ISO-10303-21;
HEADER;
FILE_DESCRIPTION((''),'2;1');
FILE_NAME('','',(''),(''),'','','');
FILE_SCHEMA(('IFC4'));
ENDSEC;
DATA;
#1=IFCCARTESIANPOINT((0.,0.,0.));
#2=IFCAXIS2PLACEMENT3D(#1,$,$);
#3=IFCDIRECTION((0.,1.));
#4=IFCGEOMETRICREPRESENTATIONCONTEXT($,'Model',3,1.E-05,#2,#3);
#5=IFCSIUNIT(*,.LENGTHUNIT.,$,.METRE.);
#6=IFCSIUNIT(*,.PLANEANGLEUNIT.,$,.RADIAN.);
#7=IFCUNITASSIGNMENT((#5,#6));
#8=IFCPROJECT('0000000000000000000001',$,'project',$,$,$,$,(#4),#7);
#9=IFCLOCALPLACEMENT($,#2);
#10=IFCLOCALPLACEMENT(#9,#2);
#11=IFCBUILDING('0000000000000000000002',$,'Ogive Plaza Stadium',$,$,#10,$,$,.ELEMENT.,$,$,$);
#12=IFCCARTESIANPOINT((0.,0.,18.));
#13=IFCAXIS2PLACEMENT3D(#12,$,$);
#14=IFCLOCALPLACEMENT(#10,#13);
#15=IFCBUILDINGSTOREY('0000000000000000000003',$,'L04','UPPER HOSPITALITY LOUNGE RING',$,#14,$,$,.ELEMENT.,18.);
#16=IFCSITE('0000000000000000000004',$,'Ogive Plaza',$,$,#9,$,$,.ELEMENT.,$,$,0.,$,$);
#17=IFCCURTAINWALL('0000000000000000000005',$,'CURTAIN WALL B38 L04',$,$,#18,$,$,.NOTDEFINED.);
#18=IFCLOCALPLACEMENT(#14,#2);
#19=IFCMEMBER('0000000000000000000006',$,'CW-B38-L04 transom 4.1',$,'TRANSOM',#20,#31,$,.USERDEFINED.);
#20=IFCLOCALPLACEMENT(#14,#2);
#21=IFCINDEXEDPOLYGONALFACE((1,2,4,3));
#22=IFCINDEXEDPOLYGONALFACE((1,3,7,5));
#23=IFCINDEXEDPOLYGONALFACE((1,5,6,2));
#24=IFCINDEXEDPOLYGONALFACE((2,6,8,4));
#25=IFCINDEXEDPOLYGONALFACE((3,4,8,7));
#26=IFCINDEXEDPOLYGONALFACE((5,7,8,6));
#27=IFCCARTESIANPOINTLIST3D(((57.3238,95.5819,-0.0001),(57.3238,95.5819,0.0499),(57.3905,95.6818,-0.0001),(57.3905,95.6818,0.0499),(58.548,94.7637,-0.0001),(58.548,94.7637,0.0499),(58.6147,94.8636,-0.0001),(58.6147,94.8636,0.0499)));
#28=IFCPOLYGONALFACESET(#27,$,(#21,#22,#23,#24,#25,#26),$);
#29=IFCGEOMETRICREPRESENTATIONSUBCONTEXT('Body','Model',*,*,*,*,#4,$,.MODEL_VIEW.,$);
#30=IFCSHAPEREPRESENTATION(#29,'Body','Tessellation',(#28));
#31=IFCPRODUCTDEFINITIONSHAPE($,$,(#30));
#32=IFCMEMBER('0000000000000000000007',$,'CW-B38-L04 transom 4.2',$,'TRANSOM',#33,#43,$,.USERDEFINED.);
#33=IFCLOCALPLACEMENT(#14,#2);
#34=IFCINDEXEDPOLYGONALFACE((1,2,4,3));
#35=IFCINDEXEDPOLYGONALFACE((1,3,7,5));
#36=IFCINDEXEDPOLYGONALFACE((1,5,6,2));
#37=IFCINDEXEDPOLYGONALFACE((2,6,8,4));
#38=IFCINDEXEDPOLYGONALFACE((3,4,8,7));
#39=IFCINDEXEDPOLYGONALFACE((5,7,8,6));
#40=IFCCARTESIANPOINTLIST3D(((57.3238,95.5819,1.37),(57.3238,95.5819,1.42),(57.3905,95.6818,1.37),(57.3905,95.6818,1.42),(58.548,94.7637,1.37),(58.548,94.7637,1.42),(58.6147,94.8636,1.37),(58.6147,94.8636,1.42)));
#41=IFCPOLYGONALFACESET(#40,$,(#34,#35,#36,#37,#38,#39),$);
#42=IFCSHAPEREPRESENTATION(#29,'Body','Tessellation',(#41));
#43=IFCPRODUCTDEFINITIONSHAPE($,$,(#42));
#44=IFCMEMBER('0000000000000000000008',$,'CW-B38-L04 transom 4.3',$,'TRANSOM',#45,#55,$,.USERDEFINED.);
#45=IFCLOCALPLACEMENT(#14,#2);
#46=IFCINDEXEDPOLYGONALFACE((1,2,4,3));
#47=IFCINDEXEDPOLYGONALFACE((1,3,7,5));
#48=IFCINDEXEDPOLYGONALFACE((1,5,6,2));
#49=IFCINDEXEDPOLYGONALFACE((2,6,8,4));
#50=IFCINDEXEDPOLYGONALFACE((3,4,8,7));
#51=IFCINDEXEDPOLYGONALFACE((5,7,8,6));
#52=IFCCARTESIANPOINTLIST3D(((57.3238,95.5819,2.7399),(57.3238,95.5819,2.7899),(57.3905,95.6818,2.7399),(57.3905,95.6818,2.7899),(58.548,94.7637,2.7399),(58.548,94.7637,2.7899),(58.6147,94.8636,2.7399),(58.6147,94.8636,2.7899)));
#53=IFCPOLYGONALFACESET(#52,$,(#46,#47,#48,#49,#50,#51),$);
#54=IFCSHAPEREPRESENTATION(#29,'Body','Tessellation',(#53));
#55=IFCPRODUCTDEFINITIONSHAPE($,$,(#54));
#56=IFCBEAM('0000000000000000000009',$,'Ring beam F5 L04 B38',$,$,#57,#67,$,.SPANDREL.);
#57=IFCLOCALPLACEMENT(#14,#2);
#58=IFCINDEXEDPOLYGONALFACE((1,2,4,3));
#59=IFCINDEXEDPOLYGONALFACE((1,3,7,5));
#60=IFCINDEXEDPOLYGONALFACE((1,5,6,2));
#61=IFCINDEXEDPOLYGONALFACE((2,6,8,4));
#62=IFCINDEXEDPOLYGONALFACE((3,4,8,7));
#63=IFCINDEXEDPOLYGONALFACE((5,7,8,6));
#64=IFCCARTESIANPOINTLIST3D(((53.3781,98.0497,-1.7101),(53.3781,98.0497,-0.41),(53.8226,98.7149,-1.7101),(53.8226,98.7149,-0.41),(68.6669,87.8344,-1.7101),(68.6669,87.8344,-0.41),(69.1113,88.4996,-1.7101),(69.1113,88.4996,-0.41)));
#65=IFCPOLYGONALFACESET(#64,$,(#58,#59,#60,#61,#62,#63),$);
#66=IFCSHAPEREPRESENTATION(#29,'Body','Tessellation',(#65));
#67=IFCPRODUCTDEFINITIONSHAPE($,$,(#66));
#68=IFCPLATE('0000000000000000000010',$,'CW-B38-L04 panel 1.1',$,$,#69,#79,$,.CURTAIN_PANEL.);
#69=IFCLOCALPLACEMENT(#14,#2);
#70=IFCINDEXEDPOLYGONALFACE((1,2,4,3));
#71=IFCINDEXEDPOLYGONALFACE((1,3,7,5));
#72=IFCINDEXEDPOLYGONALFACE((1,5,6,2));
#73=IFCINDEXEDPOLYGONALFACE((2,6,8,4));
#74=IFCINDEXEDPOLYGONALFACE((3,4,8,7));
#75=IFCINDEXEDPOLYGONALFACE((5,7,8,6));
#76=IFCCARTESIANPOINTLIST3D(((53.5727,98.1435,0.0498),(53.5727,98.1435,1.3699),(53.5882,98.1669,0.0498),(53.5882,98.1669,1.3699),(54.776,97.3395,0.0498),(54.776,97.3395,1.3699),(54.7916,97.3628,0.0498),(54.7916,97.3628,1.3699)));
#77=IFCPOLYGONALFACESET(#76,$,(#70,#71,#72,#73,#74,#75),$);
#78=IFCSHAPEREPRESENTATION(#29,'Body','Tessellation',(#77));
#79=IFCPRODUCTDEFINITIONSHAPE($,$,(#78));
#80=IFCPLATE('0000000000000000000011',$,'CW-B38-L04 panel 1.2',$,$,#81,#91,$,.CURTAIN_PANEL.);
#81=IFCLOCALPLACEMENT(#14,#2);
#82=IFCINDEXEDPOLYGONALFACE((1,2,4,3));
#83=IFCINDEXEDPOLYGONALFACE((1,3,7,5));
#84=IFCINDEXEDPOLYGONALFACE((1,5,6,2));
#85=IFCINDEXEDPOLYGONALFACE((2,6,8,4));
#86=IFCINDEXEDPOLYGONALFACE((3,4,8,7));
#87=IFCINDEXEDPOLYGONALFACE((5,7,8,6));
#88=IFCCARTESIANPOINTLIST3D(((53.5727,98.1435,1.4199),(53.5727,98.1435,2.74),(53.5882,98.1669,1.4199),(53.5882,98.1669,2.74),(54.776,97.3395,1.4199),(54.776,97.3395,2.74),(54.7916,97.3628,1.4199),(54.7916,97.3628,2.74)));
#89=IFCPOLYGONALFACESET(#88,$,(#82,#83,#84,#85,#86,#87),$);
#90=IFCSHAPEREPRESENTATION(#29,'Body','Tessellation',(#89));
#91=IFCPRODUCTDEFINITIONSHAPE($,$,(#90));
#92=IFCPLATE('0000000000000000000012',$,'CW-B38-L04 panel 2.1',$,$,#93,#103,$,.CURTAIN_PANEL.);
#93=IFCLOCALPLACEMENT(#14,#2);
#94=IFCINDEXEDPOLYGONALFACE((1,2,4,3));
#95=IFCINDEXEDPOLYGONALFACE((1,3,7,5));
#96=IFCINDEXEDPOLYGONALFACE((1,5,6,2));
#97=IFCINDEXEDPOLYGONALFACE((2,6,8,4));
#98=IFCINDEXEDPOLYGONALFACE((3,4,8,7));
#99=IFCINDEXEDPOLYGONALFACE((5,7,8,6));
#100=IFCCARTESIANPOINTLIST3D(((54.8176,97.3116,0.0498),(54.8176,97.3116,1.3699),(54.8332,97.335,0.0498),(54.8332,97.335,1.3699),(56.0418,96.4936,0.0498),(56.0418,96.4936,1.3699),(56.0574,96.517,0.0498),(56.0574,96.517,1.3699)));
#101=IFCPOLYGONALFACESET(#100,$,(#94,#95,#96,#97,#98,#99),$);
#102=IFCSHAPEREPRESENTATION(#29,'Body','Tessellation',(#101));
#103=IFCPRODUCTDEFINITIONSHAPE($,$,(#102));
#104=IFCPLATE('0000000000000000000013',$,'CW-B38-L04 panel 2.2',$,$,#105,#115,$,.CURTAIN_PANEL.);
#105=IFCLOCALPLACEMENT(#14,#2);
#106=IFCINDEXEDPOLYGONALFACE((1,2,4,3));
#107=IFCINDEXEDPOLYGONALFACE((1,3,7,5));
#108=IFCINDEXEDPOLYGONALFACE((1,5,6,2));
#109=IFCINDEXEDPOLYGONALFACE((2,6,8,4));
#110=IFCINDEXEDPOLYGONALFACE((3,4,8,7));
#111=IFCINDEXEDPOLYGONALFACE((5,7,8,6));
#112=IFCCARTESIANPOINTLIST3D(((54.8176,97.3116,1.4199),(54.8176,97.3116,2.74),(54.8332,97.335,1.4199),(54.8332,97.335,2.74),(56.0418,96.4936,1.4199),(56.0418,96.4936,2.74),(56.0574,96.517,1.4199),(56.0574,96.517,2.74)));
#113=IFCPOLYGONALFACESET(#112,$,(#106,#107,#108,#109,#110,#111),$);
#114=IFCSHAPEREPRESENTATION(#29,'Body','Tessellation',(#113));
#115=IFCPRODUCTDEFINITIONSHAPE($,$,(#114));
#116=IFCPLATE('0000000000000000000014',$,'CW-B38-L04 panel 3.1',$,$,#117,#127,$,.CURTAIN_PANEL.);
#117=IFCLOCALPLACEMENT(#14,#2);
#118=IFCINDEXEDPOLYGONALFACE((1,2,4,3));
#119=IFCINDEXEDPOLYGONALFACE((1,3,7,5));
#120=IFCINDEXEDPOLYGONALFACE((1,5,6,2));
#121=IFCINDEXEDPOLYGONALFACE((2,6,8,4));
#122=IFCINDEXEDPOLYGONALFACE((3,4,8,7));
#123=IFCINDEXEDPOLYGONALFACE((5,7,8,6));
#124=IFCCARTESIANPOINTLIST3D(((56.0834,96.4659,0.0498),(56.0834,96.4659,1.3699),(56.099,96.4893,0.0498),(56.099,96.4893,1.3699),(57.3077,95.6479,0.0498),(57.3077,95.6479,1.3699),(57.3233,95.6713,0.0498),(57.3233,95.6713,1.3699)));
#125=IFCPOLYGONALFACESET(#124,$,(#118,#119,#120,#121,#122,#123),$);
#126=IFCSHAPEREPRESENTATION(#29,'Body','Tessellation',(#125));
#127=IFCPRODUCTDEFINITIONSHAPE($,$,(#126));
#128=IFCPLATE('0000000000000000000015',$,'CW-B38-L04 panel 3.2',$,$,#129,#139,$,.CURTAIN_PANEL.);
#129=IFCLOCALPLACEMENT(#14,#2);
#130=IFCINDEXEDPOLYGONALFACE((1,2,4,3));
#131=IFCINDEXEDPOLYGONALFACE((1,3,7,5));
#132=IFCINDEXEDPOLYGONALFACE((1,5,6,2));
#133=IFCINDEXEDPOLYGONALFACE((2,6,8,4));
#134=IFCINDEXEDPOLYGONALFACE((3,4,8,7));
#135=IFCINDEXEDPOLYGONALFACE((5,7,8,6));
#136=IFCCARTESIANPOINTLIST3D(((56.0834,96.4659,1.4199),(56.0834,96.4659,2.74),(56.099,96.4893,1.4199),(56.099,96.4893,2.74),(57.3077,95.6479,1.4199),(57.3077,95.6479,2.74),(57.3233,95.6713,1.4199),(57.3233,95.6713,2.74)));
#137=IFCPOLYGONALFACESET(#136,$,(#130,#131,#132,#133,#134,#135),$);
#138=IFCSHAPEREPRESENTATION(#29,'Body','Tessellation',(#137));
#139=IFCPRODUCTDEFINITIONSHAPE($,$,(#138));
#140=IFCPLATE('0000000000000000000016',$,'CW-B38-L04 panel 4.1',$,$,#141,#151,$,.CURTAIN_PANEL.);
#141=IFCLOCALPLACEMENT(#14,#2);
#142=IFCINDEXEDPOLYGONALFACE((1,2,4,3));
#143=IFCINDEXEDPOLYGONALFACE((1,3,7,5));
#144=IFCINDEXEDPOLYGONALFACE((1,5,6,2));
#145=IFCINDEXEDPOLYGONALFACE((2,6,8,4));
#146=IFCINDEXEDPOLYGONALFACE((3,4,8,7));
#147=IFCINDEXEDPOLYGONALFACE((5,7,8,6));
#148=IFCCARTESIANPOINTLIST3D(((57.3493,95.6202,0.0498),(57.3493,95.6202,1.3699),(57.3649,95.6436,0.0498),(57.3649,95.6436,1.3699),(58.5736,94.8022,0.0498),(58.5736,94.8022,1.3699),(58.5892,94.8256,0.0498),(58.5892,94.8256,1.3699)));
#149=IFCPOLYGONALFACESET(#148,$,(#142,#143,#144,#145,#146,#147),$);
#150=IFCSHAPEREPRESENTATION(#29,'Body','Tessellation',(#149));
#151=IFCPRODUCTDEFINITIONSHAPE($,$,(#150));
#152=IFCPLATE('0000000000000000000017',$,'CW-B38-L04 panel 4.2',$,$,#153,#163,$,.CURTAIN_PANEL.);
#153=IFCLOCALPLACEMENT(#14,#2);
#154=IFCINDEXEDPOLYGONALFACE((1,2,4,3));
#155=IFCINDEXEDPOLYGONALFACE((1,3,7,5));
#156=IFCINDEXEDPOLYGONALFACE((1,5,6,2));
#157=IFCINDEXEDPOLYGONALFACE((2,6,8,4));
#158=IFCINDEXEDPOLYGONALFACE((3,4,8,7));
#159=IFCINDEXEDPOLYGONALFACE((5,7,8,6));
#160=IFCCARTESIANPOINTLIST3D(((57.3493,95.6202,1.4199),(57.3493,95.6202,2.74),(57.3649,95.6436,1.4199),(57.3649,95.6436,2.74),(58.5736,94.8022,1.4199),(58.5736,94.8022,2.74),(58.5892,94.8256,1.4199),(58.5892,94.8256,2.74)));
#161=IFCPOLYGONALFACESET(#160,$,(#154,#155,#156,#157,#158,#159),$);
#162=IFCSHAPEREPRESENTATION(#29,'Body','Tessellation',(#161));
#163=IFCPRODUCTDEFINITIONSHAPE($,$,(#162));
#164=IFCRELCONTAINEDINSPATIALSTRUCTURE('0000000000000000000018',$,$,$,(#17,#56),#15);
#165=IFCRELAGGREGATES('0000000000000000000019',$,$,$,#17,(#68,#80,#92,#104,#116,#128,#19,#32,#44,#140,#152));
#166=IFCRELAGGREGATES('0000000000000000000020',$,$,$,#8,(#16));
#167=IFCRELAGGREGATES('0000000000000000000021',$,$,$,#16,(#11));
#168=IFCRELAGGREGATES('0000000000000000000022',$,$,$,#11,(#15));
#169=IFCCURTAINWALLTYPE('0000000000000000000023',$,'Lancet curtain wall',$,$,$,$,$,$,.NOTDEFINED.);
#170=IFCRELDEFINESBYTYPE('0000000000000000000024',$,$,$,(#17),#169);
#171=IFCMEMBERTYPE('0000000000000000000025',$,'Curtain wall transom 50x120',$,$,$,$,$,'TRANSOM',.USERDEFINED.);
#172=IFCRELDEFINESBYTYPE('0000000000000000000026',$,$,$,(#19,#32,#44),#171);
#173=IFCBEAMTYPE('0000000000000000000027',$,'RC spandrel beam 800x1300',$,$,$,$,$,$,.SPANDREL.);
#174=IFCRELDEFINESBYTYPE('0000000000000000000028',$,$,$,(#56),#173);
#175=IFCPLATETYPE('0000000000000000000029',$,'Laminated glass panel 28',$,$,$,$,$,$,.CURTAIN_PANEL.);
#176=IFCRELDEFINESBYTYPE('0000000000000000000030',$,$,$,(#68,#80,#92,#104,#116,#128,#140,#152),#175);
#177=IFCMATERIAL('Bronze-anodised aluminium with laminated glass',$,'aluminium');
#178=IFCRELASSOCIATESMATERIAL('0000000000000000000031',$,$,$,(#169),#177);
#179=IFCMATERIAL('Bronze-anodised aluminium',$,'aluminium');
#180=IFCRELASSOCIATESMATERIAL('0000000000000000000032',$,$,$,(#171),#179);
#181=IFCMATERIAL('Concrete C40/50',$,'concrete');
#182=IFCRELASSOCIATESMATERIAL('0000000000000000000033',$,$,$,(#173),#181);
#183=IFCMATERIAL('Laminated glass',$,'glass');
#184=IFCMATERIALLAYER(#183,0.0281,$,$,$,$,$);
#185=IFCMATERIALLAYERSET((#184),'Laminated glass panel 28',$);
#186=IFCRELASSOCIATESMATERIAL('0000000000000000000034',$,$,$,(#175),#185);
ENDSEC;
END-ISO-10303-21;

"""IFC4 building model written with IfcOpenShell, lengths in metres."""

from ifc_helpers import new_model, si_unit, direction, frame, origin, origin_2d, place, context, subcontext, project, spatial, rectangle, extrude, material, layer, layer_set, material_profile, profile_set, type_object, element, aggregate, save


model = new_model("IFC4")

# Units and contexts
model_context = context("Model", 3, precision=1e-05, world=origin(), true_north=direction((0.0, 1.0)))
body_context = subcontext(model_context, "Body", "Model", "MODEL_VIEW")
ifc_project = project(units=[si_unit("LENGTHUNIT", "METRE"), si_unit("PLANEANGLEUNIT", "RADIAN")], contexts=[model_context])

# Site, building, storey
site_placement = place(None, origin())
site = spatial("IfcSite", under=ifc_project, at=site_placement, Name="Ogive Plaza", CompositionType="ELEMENT", RefElevation=0.0)
building_placement = place(site_placement, origin())
building = spatial("IfcBuilding", under=site, at=building_placement, Name="Ogive Plaza Stadium", CompositionType="ELEMENT")
storey_placement = place(building_placement, frame((0.0, 0.0, 18.0)))
storey = spatial("IfcBuildingStorey", under=building, at=storey_placement, Name="L04", Description="UPPER HOSPITALITY LOUNGE RING", CompositionType="ELEMENT", Elevation=18.0)

# Curtain wall, members
ifc_material_1 = material(Name="Bronze-anodised aluminium with laminated glass", Category="aluminium")
curtain_wall_type = type_object("IfcCurtainWallType", Name="Lancet curtain wall", PredefinedType="NOTDEFINED", material=ifc_material_1)
curtain_wall_placement = place(storey_placement, origin())
curtain_wall = element("IfcCurtainWall", 1, at=curtain_wall_placement, inside=storey, type_object=curtain_wall_type, Name="CURTAIN WALL B38 L04", PredefinedType="NOTDEFINED")
ifc_material_2 = material(Name="Bronze-anodised aluminium", Category="aluminium")
ifc_material_profile_1 = material_profile(ifc_material_2, rectangle(XDim=0.1201, YDim=0.05, at=origin_2d()), Name="AL 120x50")
ifc_profile_set_1 = profile_set([ifc_material_profile_1], Name="Bronze-anodised aluminium")
member_type_1 = type_object("IfcMemberType", Name="Curtain wall transom 50x120", ElementType="TRANSOM", PredefinedType="USERDEFINED", material=ifc_profile_set_1)
member_1_placement = place(storey_placement, frame((57.3572, 95.6318, 0.0249), z_axis=(0.831412, -0.555656, 0.0), x_axis=(0.555656, 0.831412, 0.0)))
member_1 = element("IfcMember", 2, at=member_1_placement, type_object=member_type_1, Name="CW-B38-L04 transom 4.1", ObjectType="TRANSOM", PredefinedType="USERDEFINED", context=body_context, shape_type="SweptSolid", body=[
    extrude(rectangle(XDim=0.1201, YDim=0.05, at=origin_2d()), origin(), (0.0, 0.0, 1.0), 1.4724),
])
member_2_placement = place(storey_placement, frame((57.3572, 95.6318, 1.395), z_axis=(0.831412, -0.555656, 0.0), x_axis=(0.555656, 0.831412, 0.0)))
member_2 = element("IfcMember", 3, at=member_2_placement, type_object=member_type_1, Name="CW-B38-L04 transom 4.2", ObjectType="TRANSOM", PredefinedType="USERDEFINED", context=body_context, shape_type="SweptSolid", body=[
    extrude(rectangle(XDim=0.1201, YDim=0.05, at=origin_2d()), origin(), (0.0, 0.0, 1.0), 1.4724),
])
member_3_placement = place(storey_placement, frame((57.3572, 95.6318, 2.7649), z_axis=(0.831412, -0.555656, 0.0), x_axis=(0.555656, 0.831412, 0.0)))
member_3 = element("IfcMember", 4, at=member_3_placement, type_object=member_type_1, Name="CW-B38-L04 transom 4.3", ObjectType="TRANSOM", PredefinedType="USERDEFINED", context=body_context, shape_type="SweptSolid", body=[
    extrude(rectangle(XDim=0.1201, YDim=0.05, at=origin_2d()), origin(), (0.0, 0.0, 1.0), 1.4724),
])

# Beam
ifc_material_3 = material(Name="Concrete C40/50", Category="concrete")
ifc_material_profile_2 = material_profile(ifc_material_3, rectangle(XDim=0.8, YDim=1.3, at=origin_2d()), Name="RC 800x1300")
ifc_profile_set_2 = profile_set([ifc_material_profile_2], Name="Concrete C40/50")
beam_type = type_object("IfcBeamType", Name="RC spandrel beam 800x1300", PredefinedType="SPANDREL", material=ifc_profile_set_2)
beam_placement = place(storey_placement, frame((53.6003, 98.3823, -1.0601), z_axis=(0.831478, -0.555558, 0.0), x_axis=(0.555558, 0.831478, 0.0)))
element("IfcBeam", 5, at=beam_placement, inside=storey, type_object=beam_type, Name="Ring beam F5 L04 B38", PredefinedType="SPANDREL", context=body_context, shape_type="SweptSolid", body=[
    extrude(rectangle(XDim=0.8, YDim=1.3, at=origin_2d()), origin(), (0.0, 0.0, 1.0), 18.3875),
])

# Plates
ifc_material_4 = material(Name="Laminated glass", Category="glass")
ifc_layer = layer(ifc_material_4, 0.0281)
ifc_layer_set = layer_set([ifc_layer], Name="Laminated glass panel 28")
plate_type = type_object("IfcPlateType", Name="Laminated glass panel 28", PredefinedType="CURTAIN_PANEL", material=ifc_layer_set)
plate_1_placement = place(storey_placement, frame((54.1821, 97.7532, 0.0498), z_axis=(0.0, 0.0, 1.0), x_axis=(0.83147, -0.55557, 0.0)))
plate_1 = element("IfcPlate", 6, at=plate_1_placement, type_object=plate_type, Name="CW-B38-L04 panel 1.1", PredefinedType="CURTAIN_PANEL", context=body_context, shape_type="SweptSolid", body=[
    extrude(rectangle(XDim=1.4473, YDim=0.0281, at=origin_2d()), origin(), (0.0, 0.0, 1.0), 1.3201),
])
plate_2_placement = place(storey_placement, frame((54.1821, 97.7532, 1.4199), z_axis=(0.0, 0.0, 1.0), x_axis=(0.83147, -0.55557, 0.0)))
plate_2 = element("IfcPlate", 7, at=plate_2_placement, type_object=plate_type, Name="CW-B38-L04 panel 1.2", PredefinedType="CURTAIN_PANEL", context=body_context, shape_type="SweptSolid", body=[
    extrude(rectangle(XDim=1.4473, YDim=0.0281, at=origin_2d()), origin(), (0.0, 0.0, 1.0), 1.3201),
])
plate_3_placement = place(storey_placement, frame((55.4375, 96.9143, 0.0498), z_axis=(0.0, 0.0, 1.0), x_axis=(0.83147, -0.55557, 0.0)))
plate_3 = element("IfcPlate", 8, at=plate_3_placement, type_object=plate_type, Name="CW-B38-L04 panel 2.1", PredefinedType="CURTAIN_PANEL", context=body_context, shape_type="SweptSolid", body=[
    extrude(rectangle(XDim=1.4724, YDim=0.0281, at=origin_2d()), origin(), (0.0, 0.0, 1.0), 1.3201),
])
plate_4_placement = place(storey_placement, frame((55.4375, 96.9143, 1.4199), z_axis=(0.0, 0.0, 1.0), x_axis=(0.83147, -0.55557, 0.0)))
plate_4 = element("IfcPlate", 9, at=plate_4_placement, type_object=plate_type, Name="CW-B38-L04 panel 2.2", PredefinedType="CURTAIN_PANEL", context=body_context, shape_type="SweptSolid", body=[
    extrude(rectangle(XDim=1.4724, YDim=0.0281, at=origin_2d()), origin(), (0.0, 0.0, 1.0), 1.3201),
])
plate_5_placement = place(storey_placement, frame((56.7034, 96.0686, 0.0498), z_axis=(0.0, 0.0, 1.0), x_axis=(0.83147, -0.55557, 0.0)))
plate_5 = element("IfcPlate", 10, at=plate_5_placement, type_object=plate_type, Name="CW-B38-L04 panel 3.1", PredefinedType="CURTAIN_PANEL", context=body_context, shape_type="SweptSolid", body=[
    extrude(rectangle(XDim=1.4724, YDim=0.0281, at=origin_2d()), origin(), (0.0, 0.0, 1.0), 1.3201),
])
plate_6_placement = place(storey_placement, frame((56.7034, 96.0686, 1.4199), z_axis=(0.0, 0.0, 1.0), x_axis=(0.83147, -0.55557, 0.0)))
plate_6 = element("IfcPlate", 11, at=plate_6_placement, type_object=plate_type, Name="CW-B38-L04 panel 3.2", PredefinedType="CURTAIN_PANEL", context=body_context, shape_type="SweptSolid", body=[
    extrude(rectangle(XDim=1.4724, YDim=0.0281, at=origin_2d()), origin(), (0.0, 0.0, 1.0), 1.3201),
])
plate_7_placement = place(storey_placement, frame((57.9692, 95.2229, 0.0498), z_axis=(0.0, 0.0, 1.0), x_axis=(0.83147, -0.55557, 0.0)))
plate_7 = element("IfcPlate", 12, at=plate_7_placement, type_object=plate_type, Name="CW-B38-L04 panel 4.1", PredefinedType="CURTAIN_PANEL", context=body_context, shape_type="SweptSolid", body=[
    extrude(rectangle(XDim=1.4724, YDim=0.0281, at=origin_2d()), origin(), (0.0, 0.0, 1.0), 1.3201),
])
plate_8_placement = place(storey_placement, frame((57.9692, 95.2229, 1.4199), z_axis=(0.0, 0.0, 1.0), x_axis=(0.83147, -0.55557, 0.0)))
plate_8 = element("IfcPlate", 13, at=plate_8_placement, type_object=plate_type, Name="CW-B38-L04 panel 4.2", PredefinedType="CURTAIN_PANEL", context=body_context, shape_type="SweptSolid", body=[
    extrude(rectangle(XDim=1.4724, YDim=0.0281, at=origin_2d()), origin(), (0.0, 0.0, 1.0), 1.3201),
])
aggregate(curtain_wall, [plate_1, plate_2, plate_3, plate_4, plate_5, plate_6, member_1, member_2, member_3, plate_7, plate_8])

save(model, "model.ifc")
